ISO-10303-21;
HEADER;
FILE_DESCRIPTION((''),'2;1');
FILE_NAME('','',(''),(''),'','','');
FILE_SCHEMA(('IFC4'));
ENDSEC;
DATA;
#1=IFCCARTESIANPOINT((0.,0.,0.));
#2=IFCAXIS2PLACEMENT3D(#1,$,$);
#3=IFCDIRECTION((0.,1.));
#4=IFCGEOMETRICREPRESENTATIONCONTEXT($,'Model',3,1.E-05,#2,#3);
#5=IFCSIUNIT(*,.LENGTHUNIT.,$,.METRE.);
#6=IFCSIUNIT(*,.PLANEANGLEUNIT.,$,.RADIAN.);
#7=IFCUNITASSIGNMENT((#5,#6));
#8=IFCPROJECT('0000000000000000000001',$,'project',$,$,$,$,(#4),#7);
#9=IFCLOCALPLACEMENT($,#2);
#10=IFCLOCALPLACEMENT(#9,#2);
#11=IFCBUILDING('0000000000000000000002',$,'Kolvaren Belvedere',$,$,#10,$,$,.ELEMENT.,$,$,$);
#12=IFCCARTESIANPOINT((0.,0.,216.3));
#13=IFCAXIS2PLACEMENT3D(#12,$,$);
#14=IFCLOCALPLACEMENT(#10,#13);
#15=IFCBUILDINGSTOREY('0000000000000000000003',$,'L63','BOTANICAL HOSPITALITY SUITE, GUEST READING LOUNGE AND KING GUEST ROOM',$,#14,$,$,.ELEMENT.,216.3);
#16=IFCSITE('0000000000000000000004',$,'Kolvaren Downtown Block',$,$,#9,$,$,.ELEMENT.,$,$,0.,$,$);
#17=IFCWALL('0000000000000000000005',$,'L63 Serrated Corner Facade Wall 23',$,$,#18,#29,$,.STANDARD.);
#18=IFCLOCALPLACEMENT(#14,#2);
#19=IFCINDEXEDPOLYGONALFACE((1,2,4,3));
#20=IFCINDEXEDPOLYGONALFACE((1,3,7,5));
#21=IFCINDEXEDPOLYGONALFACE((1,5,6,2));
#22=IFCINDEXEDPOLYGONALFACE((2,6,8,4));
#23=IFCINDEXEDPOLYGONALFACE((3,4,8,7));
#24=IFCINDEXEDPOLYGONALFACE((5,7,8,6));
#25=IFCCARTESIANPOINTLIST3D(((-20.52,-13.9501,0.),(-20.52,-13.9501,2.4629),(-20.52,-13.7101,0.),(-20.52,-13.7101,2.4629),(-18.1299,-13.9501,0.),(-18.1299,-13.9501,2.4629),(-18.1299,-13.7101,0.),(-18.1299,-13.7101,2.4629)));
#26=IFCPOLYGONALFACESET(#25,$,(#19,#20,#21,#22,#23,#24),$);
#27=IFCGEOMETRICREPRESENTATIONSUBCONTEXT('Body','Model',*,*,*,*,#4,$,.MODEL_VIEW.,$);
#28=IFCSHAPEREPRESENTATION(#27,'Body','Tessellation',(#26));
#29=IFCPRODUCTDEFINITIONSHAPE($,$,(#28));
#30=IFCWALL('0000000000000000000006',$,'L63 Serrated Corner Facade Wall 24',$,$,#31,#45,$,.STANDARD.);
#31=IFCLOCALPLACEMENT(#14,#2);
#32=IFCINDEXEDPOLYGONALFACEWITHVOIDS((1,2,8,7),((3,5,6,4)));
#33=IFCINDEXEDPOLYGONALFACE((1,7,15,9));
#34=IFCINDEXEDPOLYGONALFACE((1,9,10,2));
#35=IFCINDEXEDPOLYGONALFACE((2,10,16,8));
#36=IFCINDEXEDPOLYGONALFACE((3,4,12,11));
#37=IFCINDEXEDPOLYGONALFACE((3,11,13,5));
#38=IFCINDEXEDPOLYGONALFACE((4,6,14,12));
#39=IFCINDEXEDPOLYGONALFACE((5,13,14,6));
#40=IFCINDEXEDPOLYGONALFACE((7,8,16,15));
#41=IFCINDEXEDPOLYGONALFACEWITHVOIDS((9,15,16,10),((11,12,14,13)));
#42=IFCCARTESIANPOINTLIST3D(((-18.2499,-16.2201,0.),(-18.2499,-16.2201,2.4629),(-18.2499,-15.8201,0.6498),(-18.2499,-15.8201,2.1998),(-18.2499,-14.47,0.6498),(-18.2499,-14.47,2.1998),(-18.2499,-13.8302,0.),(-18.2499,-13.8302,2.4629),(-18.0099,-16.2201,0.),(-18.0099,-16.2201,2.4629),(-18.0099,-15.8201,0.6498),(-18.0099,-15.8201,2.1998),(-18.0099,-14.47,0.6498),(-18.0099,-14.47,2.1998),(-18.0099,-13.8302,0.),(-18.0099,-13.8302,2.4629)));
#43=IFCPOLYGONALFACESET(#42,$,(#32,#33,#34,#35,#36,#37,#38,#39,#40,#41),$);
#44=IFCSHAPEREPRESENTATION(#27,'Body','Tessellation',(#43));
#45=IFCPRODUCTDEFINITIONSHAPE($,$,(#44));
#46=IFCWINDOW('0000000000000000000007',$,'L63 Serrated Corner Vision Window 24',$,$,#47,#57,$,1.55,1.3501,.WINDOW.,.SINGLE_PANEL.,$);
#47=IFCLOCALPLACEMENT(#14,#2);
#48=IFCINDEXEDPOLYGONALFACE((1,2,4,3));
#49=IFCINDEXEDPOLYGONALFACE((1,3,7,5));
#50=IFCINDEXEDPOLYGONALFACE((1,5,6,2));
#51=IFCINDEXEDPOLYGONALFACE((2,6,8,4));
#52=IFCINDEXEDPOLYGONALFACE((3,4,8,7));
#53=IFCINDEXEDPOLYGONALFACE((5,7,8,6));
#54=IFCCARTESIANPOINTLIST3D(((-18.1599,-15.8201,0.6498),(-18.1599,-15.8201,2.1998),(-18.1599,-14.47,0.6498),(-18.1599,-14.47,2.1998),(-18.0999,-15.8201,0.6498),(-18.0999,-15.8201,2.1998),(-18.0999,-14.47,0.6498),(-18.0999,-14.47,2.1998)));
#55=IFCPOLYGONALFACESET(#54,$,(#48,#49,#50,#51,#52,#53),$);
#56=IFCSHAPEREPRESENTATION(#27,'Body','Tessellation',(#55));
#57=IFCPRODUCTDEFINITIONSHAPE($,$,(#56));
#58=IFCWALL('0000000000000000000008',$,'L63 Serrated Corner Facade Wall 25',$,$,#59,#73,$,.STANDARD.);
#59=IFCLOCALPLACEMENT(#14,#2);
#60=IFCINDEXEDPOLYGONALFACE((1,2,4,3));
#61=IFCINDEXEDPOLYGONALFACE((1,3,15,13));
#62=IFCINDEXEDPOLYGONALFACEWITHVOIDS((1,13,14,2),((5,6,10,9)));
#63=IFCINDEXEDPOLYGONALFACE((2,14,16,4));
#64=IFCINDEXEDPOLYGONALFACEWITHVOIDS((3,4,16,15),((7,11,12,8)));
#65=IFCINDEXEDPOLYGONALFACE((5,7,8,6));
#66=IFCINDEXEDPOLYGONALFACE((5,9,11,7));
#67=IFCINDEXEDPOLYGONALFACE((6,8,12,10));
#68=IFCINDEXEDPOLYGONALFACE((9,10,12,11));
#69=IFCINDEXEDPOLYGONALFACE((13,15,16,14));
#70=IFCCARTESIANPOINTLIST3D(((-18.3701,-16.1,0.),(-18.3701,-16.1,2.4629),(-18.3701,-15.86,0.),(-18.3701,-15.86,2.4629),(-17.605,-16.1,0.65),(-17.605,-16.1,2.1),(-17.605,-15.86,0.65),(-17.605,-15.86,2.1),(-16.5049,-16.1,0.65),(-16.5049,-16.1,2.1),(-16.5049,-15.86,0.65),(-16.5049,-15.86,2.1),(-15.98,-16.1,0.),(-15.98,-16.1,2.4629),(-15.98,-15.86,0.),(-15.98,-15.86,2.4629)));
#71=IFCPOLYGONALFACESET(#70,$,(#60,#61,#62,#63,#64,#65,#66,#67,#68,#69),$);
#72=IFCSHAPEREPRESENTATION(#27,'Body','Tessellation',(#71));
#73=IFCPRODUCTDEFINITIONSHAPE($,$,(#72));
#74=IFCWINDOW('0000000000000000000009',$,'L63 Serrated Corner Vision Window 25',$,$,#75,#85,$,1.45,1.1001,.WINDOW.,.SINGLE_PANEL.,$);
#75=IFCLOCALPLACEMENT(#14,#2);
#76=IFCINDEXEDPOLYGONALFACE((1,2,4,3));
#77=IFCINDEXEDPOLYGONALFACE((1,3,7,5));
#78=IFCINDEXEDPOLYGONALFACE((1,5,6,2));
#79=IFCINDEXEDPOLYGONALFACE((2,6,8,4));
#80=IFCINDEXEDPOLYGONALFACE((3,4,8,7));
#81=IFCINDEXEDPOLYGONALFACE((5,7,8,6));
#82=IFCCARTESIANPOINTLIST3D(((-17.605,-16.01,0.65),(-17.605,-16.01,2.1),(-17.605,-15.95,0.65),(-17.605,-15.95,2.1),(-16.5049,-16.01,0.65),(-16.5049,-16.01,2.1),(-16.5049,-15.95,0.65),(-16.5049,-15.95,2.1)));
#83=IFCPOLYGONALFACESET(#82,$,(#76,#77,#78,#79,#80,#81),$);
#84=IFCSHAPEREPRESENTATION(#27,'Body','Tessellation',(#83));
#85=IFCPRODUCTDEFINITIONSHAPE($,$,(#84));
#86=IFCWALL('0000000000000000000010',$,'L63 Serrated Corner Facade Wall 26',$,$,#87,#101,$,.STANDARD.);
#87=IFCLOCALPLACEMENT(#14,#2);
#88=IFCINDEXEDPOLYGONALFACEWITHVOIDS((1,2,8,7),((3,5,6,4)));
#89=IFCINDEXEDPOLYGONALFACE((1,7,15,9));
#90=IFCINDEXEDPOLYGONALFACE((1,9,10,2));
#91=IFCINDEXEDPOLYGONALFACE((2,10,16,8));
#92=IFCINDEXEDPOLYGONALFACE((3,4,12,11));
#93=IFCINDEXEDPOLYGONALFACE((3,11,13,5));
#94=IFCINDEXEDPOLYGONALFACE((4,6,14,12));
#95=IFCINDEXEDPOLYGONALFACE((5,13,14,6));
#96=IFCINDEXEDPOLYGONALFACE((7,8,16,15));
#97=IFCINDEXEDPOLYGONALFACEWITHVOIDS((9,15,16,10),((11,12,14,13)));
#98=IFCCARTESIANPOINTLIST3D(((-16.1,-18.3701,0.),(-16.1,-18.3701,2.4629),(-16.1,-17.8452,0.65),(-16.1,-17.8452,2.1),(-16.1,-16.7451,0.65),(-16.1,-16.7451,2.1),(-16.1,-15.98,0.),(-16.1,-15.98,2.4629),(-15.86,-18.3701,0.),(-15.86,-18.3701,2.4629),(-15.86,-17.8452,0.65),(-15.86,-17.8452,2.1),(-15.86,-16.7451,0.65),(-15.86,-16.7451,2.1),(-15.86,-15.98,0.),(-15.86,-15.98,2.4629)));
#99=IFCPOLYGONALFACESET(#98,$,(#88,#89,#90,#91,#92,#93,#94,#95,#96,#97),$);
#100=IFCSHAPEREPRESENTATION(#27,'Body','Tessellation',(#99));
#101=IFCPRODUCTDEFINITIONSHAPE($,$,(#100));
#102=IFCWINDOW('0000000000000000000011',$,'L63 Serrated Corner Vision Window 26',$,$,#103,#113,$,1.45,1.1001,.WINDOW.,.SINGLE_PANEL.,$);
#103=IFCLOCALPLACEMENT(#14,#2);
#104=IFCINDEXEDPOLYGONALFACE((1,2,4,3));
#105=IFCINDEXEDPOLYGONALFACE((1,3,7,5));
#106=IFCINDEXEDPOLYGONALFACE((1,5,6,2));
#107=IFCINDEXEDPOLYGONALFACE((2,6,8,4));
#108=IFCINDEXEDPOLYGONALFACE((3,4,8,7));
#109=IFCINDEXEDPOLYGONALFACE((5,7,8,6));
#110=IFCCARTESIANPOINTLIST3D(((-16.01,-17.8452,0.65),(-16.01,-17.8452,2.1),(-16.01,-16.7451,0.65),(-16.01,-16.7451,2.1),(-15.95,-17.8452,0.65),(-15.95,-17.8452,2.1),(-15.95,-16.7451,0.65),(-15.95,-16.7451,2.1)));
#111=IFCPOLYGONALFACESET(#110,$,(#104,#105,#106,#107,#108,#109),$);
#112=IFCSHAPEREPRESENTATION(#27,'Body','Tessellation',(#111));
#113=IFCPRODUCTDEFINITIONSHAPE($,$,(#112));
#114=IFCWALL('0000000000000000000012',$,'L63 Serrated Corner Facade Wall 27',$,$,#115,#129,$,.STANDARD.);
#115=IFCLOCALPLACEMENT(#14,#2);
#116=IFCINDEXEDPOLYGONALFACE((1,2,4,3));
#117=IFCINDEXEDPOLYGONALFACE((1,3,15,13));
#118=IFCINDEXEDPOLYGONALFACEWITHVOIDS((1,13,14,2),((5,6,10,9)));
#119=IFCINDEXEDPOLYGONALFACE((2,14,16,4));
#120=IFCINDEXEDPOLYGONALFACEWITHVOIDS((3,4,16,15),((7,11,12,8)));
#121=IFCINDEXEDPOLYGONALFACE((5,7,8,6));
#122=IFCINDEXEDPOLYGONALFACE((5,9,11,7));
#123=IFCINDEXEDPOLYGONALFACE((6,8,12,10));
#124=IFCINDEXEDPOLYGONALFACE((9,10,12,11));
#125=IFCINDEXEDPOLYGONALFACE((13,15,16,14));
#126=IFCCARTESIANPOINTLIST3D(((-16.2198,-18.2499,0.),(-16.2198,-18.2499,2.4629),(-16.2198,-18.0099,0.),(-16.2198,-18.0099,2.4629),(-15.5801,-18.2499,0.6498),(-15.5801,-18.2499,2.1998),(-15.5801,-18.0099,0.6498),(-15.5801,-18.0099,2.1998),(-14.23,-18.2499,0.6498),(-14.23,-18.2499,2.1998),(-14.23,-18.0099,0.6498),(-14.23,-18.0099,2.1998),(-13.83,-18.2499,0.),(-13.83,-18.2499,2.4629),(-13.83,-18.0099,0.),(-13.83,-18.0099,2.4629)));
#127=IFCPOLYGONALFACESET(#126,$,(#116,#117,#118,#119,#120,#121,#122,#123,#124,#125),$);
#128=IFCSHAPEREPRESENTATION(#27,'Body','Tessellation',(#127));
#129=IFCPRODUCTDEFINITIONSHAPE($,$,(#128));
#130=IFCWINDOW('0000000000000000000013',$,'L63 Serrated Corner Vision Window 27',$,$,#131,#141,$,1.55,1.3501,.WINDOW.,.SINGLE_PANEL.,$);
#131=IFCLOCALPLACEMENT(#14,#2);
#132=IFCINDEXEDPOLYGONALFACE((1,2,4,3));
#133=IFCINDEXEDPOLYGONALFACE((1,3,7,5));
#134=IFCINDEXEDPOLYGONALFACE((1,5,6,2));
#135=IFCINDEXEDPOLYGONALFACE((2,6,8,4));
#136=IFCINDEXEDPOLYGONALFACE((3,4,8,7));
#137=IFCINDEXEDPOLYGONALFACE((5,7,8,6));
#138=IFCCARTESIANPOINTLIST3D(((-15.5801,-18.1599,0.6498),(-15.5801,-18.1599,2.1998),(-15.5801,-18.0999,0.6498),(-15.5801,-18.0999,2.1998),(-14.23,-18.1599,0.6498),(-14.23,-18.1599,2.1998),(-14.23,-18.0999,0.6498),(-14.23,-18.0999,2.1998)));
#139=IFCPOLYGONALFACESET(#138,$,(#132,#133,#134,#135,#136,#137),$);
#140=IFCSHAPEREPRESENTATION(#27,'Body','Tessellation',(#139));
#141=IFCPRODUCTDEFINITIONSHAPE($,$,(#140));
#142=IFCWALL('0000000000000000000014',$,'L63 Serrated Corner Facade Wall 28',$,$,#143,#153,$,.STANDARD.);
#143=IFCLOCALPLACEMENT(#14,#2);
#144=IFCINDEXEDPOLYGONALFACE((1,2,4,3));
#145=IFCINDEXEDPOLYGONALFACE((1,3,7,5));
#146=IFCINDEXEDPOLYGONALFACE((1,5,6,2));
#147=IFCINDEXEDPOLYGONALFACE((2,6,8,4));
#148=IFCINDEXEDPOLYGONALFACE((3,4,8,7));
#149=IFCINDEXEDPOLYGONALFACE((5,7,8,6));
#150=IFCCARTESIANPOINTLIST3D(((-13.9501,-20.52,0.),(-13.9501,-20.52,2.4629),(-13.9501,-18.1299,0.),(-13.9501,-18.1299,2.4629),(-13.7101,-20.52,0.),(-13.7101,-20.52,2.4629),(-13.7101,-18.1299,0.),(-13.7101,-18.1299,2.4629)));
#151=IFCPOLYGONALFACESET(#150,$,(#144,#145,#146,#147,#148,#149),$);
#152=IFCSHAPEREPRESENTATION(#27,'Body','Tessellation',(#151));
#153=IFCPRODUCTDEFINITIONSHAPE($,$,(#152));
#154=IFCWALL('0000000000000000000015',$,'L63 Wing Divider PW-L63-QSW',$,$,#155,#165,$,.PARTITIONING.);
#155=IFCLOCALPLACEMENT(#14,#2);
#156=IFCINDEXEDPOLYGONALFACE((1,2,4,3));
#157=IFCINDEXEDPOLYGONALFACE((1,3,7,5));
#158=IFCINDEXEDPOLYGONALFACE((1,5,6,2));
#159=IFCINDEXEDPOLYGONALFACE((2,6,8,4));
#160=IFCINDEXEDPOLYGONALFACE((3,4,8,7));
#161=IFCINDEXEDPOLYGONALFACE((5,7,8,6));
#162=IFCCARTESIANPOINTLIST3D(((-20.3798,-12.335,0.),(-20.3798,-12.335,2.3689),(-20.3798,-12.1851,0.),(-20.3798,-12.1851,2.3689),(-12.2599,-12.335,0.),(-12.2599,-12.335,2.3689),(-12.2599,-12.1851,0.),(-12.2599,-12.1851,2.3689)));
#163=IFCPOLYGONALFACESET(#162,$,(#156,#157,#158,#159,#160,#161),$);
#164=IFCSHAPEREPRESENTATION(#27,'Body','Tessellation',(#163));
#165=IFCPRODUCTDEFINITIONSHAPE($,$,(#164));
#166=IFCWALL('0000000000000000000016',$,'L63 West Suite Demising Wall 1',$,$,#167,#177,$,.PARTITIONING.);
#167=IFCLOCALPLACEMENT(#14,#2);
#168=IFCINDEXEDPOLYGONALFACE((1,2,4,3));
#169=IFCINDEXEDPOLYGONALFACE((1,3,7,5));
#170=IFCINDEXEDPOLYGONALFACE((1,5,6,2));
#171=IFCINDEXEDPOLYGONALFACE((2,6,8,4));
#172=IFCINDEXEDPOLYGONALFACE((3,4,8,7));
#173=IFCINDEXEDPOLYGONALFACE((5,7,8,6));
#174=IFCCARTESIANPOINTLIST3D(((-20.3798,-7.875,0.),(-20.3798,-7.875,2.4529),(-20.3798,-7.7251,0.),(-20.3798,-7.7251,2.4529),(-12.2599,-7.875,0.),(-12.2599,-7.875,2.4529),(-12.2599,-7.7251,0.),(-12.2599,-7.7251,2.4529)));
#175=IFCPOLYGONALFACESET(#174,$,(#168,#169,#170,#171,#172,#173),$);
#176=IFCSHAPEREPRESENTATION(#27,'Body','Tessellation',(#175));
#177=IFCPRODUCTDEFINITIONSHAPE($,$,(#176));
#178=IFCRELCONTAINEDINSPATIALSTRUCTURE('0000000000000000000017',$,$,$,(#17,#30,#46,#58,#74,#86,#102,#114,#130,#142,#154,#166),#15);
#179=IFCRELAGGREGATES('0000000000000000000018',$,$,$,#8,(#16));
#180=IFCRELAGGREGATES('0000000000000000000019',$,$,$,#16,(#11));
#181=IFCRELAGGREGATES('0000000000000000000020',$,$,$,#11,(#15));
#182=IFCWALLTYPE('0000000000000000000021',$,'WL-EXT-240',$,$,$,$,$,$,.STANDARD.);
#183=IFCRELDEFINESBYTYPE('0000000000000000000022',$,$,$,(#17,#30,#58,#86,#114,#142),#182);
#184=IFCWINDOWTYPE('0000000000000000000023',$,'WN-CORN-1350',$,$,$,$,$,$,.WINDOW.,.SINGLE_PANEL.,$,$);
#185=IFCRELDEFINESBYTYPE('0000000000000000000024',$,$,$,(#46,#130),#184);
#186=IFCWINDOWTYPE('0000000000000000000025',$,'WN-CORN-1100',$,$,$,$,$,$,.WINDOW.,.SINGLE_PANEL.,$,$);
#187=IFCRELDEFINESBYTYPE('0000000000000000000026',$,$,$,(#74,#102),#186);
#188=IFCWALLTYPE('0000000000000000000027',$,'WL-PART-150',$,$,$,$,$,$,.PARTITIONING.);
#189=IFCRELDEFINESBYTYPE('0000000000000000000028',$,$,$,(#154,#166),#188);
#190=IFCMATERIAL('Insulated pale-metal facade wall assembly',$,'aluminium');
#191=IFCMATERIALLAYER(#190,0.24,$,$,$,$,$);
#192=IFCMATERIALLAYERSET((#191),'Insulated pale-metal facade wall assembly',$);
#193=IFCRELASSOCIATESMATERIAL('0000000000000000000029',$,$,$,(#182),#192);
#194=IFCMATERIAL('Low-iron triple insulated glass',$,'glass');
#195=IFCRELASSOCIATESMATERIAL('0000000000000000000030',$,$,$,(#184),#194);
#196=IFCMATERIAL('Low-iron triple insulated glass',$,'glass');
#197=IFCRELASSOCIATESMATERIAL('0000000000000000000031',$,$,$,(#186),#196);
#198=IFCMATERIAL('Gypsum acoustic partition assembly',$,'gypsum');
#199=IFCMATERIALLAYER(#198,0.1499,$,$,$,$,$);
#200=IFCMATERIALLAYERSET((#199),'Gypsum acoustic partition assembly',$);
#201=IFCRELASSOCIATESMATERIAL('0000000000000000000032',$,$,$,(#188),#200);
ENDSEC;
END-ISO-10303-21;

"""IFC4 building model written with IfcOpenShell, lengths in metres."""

from ifc_helpers import new_model, si_unit, direction, frame, frame_2d, origin, place, context, subcontext, project, spatial, rectangle, extrude, material, layer, layer_set, type_object, element, fill, save


model = new_model("IFC4")

# Units and contexts
model_context = context("Model", 3, precision=1e-05, world=origin(), true_north=direction((0.0, 1.0)))
body_context = subcontext(model_context, "Body", "Model", "MODEL_VIEW")
ifc_project = project(units=[si_unit("LENGTHUNIT", "METRE"), si_unit("PLANEANGLEUNIT", "RADIAN")], contexts=[model_context])

# Site, building, storey
site_placement = place(None, origin())
site = spatial("IfcSite", under=ifc_project, at=site_placement, Name="Kolvaren Downtown Block", CompositionType="ELEMENT", RefElevation=0.0)
building_placement = place(site_placement, origin())
building = spatial("IfcBuilding", under=site, at=building_placement, Name="Kolvaren Belvedere", CompositionType="ELEMENT")
storey_placement = place(building_placement, frame((0.0, 0.0, 216.3)))
storey = spatial("IfcBuildingStorey", under=building, at=storey_placement, Name="L63", Description="BOTANICAL HOSPITALITY SUITE, GUEST READING LOUNGE AND KING GUEST ROOM", CompositionType="ELEMENT", Elevation=216.3)

# Wall
ifc_material_1 = material(Name="Insulated pale-metal facade wall assembly", Category="aluminium")
ifc_layer_1 = layer(ifc_material_1, 0.24)
ifc_layer_set_1 = layer_set([ifc_layer_1], Name="Insulated pale-metal facade wall assembly")
wall_type_1 = type_object("IfcWallType", Name="WL-EXT-240", PredefinedType="STANDARD", material=ifc_layer_set_1)
wall_1_placement = place(storey_placement, frame((-18.1299, -13.8301, 0.0), z_axis=(0.0, 0.0, 1.0), x_axis=(-1.0, 0.0, 0.0)))
element("IfcWall", 1, at=wall_1_placement, inside=storey, type_object=wall_type_1, Name="L63 Serrated Corner Facade Wall 23", PredefinedType="STANDARD", context=body_context, shape_type="SweptSolid", body=[
    extrude(rectangle(XDim=2.3901, YDim=0.24, at=frame_2d((1.1951, 0.0))), origin(), (0.0, 0.0, 1.0), 2.4629),
])

# Walls, openings, windows
wall_2_placement = place(storey_placement, frame((-18.1299, -16.22, 0.0), z_axis=(0.0, 0.0, 1.0), x_axis=(0.0, 1.0, 0.0)))
wall_2 = element("IfcWall", 2, at=wall_2_placement, inside=storey, type_object=wall_type_1, Name="L63 Serrated Corner Facade Wall 24", PredefinedType="STANDARD", context=body_context, shape_type="SweptSolid", body=[
    extrude(rectangle(XDim=2.3899, YDim=0.24, at=frame_2d((1.1948, 0.0))), origin(), (0.0, 0.0, 1.0), 2.4629),
])
opening_1_placement = place(wall_2_placement, frame((0.3999, 0.0, 0.6499)))
opening_1 = element("IfcOpeningElement", 3, at=opening_1_placement, cuts=wall_2, PredefinedType="OPENING", context=body_context, shape_type="SweptSolid", body=[
    extrude(rectangle(XDim=1.3501, YDim=1.55, at=frame_2d((0.675, 0.7749))), frame((0.0, 0.1299, 0.0), z_axis=(0.0, -1.0, 0.0), x_axis=(1.0, 0.0, 0.0)), (0.0, 0.0, 1.0), 0.26),
])
ifc_material_2 = material(Name="Low-iron triple insulated glass", Category="glass")
window_type_1 = type_object("IfcWindowType", Name="WN-CORN-1350", PartitioningType="SINGLE_PANEL", PredefinedType="WINDOW", material=ifc_material_2)
window_1_placement = place(opening_1_placement, origin())
window_1 = element("IfcWindow", 4, at=window_1_placement, inside=storey, type_object=window_type_1, Name="L63 Serrated Corner Vision Window 24", OverallHeight=1.55, OverallWidth=1.3501, PartitioningType="SINGLE_PANEL", PredefinedType="WINDOW", context=body_context, shape_type="SweptSolid", body=[
    extrude(rectangle(XDim=1.3501, YDim=1.55, at=frame_2d((0.675, 0.7749))), frame((0.0, 0.03, 0.0), z_axis=(0.0, -1.0, 0.0), x_axis=(1.0, 0.0, 0.0)), (0.0, 0.0, 1.0), 0.0601),
])
fill(opening_1, window_1)
wall_3_placement = place(storey_placement, frame((-15.98, -15.98, 0.0), z_axis=(0.0, 0.0, 1.0), x_axis=(-1.0, 0.0, 0.0)))
wall_3 = element("IfcWall", 5, at=wall_3_placement, inside=storey, type_object=wall_type_1, Name="L63 Serrated Corner Facade Wall 25", PredefinedType="STANDARD", context=body_context, shape_type="SweptSolid", body=[
    extrude(rectangle(XDim=2.3901, YDim=0.24, at=frame_2d((1.1951, 0.0))), origin(), (0.0, 0.0, 1.0), 2.4629),
])
opening_2_placement = place(wall_3_placement, frame((0.5249, 0.0, 0.6499)))
opening_2 = element("IfcOpeningElement", 6, at=opening_2_placement, cuts=wall_3, PredefinedType="OPENING", context=body_context, shape_type="SweptSolid", body=[
    extrude(rectangle(XDim=1.1001, YDim=1.45, at=frame_2d((0.55, 0.7251))), frame((0.0, 0.1299, 0.0), z_axis=(0.0, -1.0, 0.0), x_axis=(1.0, 0.0, 0.0)), (0.0, 0.0, 1.0), 0.26),
])
ifc_material_3 = material(Name="Low-iron triple insulated glass", Category="glass")
window_type_2 = type_object("IfcWindowType", Name="WN-CORN-1100", PartitioningType="SINGLE_PANEL", PredefinedType="WINDOW", material=ifc_material_3)
window_2_placement = place(opening_2_placement, origin())
window_2 = element("IfcWindow", 7, at=window_2_placement, inside=storey, type_object=window_type_2, Name="L63 Serrated Corner Vision Window 25", OverallHeight=1.45, OverallWidth=1.1001, PartitioningType="SINGLE_PANEL", PredefinedType="WINDOW", context=body_context, shape_type="SweptSolid", body=[
    extrude(rectangle(XDim=1.1001, YDim=1.45, at=frame_2d((0.55, 0.7251))), frame((0.0, 0.03, 0.0), z_axis=(0.0, -1.0, 0.0), x_axis=(1.0, 0.0, 0.0)), (0.0, 0.0, 1.0), 0.0601),
])
fill(opening_2, window_2)
wall_4_placement = place(storey_placement, frame((-15.98, -18.3701, 0.0), z_axis=(0.0, 0.0, 1.0), x_axis=(0.0, 1.0, 0.0)))
wall_4 = element("IfcWall", 8, at=wall_4_placement, inside=storey, type_object=wall_type_1, Name="L63 Serrated Corner Facade Wall 26", PredefinedType="STANDARD", context=body_context, shape_type="SweptSolid", body=[
    extrude(rectangle(XDim=2.3901, YDim=0.24, at=frame_2d((1.1951, 0.0))), origin(), (0.0, 0.0, 1.0), 2.4629),
])
opening_3_placement = place(wall_4_placement, frame((0.5249, 0.0, 0.6499)))
opening_3 = element("IfcOpeningElement", 9, at=opening_3_placement, cuts=wall_4, PredefinedType="OPENING", context=body_context, shape_type="SweptSolid", body=[
    extrude(rectangle(XDim=1.1001, YDim=1.45, at=frame_2d((0.55, 0.7251))), frame((0.0, 0.1299, 0.0), z_axis=(0.0, -1.0, 0.0), x_axis=(1.0, 0.0, 0.0)), (0.0, 0.0, 1.0), 0.26),
])
window_3_placement = place(opening_3_placement, origin())
window_3 = element("IfcWindow", 10, at=window_3_placement, inside=storey, type_object=window_type_2, Name="L63 Serrated Corner Vision Window 26", OverallHeight=1.45, OverallWidth=1.1001, PartitioningType="SINGLE_PANEL", PredefinedType="WINDOW", context=body_context, shape_type="SweptSolid", body=[
    extrude(rectangle(XDim=1.1001, YDim=1.45, at=frame_2d((0.55, 0.7251))), frame((0.0, 0.03, 0.0), z_axis=(0.0, -1.0, 0.0), x_axis=(1.0, 0.0, 0.0)), (0.0, 0.0, 1.0), 0.0601),
])
fill(opening_3, window_3)
wall_5_placement = place(storey_placement, frame((-13.8301, -18.1299, 0.0), z_axis=(0.0, 0.0, 1.0), x_axis=(-1.0, 0.0, 0.0)))
wall_5 = element("IfcWall", 11, at=wall_5_placement, inside=storey, type_object=wall_type_1, Name="L63 Serrated Corner Facade Wall 27", PredefinedType="STANDARD", context=body_context, shape_type="SweptSolid", body=[
    extrude(rectangle(XDim=2.3899, YDim=0.24, at=frame_2d((1.1948, 0.0))), origin(), (0.0, 0.0, 1.0), 2.4629),
])
opening_4_placement = place(wall_5_placement, frame((0.3999, 0.0, 0.6499)))
opening_4 = element("IfcOpeningElement", 12, at=opening_4_placement, cuts=wall_5, PredefinedType="OPENING", context=body_context, shape_type="SweptSolid", body=[
    extrude(rectangle(XDim=1.3501, YDim=1.55, at=frame_2d((0.675, 0.7749))), frame((0.0, 0.1299, 0.0), z_axis=(0.0, -1.0, 0.0), x_axis=(1.0, 0.0, 0.0)), (0.0, 0.0, 1.0), 0.26),
])
window_4_placement = place(opening_4_placement, origin())
window_4 = element("IfcWindow", 13, at=window_4_placement, inside=storey, type_object=window_type_1, Name="L63 Serrated Corner Vision Window 27", OverallHeight=1.55, OverallWidth=1.3501, PartitioningType="SINGLE_PANEL", PredefinedType="WINDOW", context=body_context, shape_type="SweptSolid", body=[
    extrude(rectangle(XDim=1.3501, YDim=1.55, at=frame_2d((0.675, 0.7749))), frame((0.0, 0.03, 0.0), z_axis=(0.0, -1.0, 0.0), x_axis=(1.0, 0.0, 0.0)), (0.0, 0.0, 1.0), 0.0601),
])
fill(opening_4, window_4)

# Walls
wall_6_placement = place(storey_placement, frame((-13.8301, -20.52, 0.0), z_axis=(0.0, 0.0, 1.0), x_axis=(0.0, 1.0, 0.0)))
element("IfcWall", 14, at=wall_6_placement, inside=storey, type_object=wall_type_1, Name="L63 Serrated Corner Facade Wall 28", PredefinedType="STANDARD", context=body_context, shape_type="SweptSolid", body=[
    extrude(rectangle(XDim=2.3901, YDim=0.24, at=frame_2d((1.1951, 0.0))), origin(), (0.0, 0.0, 1.0), 2.4629),
])
ifc_material_4 = material(Name="Gypsum acoustic partition assembly", Category="gypsum")
ifc_layer_2 = layer(ifc_material_4, 0.1499)
ifc_layer_set_2 = layer_set([ifc_layer_2], Name="Gypsum acoustic partition assembly")
wall_type_2 = type_object("IfcWallType", Name="WL-PART-150", PredefinedType="PARTITIONING", material=ifc_layer_set_2)
wall_7_placement = place(storey_placement, frame((-20.3799, -12.26, 0.0), z_axis=(0.0, 0.0, 1.0), x_axis=(1.0, 0.0, 0.0)))
element("IfcWall", 15, at=wall_7_placement, inside=storey, type_object=wall_type_2, Name="L63 Wing Divider PW-L63-QSW", PredefinedType="PARTITIONING", context=body_context, shape_type="SweptSolid", body=[
    extrude(rectangle(XDim=8.1199, YDim=0.1499, at=frame_2d((4.0601, 0.0))), origin(), (0.0, 0.0, 1.0), 2.3689),
])
wall_8_placement = place(storey_placement, frame((-20.3799, -7.8, 0.0), z_axis=(0.0, 0.0, 1.0), x_axis=(1.0, 0.0, 0.0)))
element("IfcWall", 16, at=wall_8_placement, inside=storey, type_object=wall_type_2, Name="L63 West Suite Demising Wall 1", PredefinedType="PARTITIONING", context=body_context, shape_type="SweptSolid", body=[
    extrude(rectangle(XDim=8.1199, YDim=0.1499, at=frame_2d((4.0601, 0.0))), origin(), (0.0, 0.0, 1.0), 2.4529),
])

save(model, "model.ifc")
